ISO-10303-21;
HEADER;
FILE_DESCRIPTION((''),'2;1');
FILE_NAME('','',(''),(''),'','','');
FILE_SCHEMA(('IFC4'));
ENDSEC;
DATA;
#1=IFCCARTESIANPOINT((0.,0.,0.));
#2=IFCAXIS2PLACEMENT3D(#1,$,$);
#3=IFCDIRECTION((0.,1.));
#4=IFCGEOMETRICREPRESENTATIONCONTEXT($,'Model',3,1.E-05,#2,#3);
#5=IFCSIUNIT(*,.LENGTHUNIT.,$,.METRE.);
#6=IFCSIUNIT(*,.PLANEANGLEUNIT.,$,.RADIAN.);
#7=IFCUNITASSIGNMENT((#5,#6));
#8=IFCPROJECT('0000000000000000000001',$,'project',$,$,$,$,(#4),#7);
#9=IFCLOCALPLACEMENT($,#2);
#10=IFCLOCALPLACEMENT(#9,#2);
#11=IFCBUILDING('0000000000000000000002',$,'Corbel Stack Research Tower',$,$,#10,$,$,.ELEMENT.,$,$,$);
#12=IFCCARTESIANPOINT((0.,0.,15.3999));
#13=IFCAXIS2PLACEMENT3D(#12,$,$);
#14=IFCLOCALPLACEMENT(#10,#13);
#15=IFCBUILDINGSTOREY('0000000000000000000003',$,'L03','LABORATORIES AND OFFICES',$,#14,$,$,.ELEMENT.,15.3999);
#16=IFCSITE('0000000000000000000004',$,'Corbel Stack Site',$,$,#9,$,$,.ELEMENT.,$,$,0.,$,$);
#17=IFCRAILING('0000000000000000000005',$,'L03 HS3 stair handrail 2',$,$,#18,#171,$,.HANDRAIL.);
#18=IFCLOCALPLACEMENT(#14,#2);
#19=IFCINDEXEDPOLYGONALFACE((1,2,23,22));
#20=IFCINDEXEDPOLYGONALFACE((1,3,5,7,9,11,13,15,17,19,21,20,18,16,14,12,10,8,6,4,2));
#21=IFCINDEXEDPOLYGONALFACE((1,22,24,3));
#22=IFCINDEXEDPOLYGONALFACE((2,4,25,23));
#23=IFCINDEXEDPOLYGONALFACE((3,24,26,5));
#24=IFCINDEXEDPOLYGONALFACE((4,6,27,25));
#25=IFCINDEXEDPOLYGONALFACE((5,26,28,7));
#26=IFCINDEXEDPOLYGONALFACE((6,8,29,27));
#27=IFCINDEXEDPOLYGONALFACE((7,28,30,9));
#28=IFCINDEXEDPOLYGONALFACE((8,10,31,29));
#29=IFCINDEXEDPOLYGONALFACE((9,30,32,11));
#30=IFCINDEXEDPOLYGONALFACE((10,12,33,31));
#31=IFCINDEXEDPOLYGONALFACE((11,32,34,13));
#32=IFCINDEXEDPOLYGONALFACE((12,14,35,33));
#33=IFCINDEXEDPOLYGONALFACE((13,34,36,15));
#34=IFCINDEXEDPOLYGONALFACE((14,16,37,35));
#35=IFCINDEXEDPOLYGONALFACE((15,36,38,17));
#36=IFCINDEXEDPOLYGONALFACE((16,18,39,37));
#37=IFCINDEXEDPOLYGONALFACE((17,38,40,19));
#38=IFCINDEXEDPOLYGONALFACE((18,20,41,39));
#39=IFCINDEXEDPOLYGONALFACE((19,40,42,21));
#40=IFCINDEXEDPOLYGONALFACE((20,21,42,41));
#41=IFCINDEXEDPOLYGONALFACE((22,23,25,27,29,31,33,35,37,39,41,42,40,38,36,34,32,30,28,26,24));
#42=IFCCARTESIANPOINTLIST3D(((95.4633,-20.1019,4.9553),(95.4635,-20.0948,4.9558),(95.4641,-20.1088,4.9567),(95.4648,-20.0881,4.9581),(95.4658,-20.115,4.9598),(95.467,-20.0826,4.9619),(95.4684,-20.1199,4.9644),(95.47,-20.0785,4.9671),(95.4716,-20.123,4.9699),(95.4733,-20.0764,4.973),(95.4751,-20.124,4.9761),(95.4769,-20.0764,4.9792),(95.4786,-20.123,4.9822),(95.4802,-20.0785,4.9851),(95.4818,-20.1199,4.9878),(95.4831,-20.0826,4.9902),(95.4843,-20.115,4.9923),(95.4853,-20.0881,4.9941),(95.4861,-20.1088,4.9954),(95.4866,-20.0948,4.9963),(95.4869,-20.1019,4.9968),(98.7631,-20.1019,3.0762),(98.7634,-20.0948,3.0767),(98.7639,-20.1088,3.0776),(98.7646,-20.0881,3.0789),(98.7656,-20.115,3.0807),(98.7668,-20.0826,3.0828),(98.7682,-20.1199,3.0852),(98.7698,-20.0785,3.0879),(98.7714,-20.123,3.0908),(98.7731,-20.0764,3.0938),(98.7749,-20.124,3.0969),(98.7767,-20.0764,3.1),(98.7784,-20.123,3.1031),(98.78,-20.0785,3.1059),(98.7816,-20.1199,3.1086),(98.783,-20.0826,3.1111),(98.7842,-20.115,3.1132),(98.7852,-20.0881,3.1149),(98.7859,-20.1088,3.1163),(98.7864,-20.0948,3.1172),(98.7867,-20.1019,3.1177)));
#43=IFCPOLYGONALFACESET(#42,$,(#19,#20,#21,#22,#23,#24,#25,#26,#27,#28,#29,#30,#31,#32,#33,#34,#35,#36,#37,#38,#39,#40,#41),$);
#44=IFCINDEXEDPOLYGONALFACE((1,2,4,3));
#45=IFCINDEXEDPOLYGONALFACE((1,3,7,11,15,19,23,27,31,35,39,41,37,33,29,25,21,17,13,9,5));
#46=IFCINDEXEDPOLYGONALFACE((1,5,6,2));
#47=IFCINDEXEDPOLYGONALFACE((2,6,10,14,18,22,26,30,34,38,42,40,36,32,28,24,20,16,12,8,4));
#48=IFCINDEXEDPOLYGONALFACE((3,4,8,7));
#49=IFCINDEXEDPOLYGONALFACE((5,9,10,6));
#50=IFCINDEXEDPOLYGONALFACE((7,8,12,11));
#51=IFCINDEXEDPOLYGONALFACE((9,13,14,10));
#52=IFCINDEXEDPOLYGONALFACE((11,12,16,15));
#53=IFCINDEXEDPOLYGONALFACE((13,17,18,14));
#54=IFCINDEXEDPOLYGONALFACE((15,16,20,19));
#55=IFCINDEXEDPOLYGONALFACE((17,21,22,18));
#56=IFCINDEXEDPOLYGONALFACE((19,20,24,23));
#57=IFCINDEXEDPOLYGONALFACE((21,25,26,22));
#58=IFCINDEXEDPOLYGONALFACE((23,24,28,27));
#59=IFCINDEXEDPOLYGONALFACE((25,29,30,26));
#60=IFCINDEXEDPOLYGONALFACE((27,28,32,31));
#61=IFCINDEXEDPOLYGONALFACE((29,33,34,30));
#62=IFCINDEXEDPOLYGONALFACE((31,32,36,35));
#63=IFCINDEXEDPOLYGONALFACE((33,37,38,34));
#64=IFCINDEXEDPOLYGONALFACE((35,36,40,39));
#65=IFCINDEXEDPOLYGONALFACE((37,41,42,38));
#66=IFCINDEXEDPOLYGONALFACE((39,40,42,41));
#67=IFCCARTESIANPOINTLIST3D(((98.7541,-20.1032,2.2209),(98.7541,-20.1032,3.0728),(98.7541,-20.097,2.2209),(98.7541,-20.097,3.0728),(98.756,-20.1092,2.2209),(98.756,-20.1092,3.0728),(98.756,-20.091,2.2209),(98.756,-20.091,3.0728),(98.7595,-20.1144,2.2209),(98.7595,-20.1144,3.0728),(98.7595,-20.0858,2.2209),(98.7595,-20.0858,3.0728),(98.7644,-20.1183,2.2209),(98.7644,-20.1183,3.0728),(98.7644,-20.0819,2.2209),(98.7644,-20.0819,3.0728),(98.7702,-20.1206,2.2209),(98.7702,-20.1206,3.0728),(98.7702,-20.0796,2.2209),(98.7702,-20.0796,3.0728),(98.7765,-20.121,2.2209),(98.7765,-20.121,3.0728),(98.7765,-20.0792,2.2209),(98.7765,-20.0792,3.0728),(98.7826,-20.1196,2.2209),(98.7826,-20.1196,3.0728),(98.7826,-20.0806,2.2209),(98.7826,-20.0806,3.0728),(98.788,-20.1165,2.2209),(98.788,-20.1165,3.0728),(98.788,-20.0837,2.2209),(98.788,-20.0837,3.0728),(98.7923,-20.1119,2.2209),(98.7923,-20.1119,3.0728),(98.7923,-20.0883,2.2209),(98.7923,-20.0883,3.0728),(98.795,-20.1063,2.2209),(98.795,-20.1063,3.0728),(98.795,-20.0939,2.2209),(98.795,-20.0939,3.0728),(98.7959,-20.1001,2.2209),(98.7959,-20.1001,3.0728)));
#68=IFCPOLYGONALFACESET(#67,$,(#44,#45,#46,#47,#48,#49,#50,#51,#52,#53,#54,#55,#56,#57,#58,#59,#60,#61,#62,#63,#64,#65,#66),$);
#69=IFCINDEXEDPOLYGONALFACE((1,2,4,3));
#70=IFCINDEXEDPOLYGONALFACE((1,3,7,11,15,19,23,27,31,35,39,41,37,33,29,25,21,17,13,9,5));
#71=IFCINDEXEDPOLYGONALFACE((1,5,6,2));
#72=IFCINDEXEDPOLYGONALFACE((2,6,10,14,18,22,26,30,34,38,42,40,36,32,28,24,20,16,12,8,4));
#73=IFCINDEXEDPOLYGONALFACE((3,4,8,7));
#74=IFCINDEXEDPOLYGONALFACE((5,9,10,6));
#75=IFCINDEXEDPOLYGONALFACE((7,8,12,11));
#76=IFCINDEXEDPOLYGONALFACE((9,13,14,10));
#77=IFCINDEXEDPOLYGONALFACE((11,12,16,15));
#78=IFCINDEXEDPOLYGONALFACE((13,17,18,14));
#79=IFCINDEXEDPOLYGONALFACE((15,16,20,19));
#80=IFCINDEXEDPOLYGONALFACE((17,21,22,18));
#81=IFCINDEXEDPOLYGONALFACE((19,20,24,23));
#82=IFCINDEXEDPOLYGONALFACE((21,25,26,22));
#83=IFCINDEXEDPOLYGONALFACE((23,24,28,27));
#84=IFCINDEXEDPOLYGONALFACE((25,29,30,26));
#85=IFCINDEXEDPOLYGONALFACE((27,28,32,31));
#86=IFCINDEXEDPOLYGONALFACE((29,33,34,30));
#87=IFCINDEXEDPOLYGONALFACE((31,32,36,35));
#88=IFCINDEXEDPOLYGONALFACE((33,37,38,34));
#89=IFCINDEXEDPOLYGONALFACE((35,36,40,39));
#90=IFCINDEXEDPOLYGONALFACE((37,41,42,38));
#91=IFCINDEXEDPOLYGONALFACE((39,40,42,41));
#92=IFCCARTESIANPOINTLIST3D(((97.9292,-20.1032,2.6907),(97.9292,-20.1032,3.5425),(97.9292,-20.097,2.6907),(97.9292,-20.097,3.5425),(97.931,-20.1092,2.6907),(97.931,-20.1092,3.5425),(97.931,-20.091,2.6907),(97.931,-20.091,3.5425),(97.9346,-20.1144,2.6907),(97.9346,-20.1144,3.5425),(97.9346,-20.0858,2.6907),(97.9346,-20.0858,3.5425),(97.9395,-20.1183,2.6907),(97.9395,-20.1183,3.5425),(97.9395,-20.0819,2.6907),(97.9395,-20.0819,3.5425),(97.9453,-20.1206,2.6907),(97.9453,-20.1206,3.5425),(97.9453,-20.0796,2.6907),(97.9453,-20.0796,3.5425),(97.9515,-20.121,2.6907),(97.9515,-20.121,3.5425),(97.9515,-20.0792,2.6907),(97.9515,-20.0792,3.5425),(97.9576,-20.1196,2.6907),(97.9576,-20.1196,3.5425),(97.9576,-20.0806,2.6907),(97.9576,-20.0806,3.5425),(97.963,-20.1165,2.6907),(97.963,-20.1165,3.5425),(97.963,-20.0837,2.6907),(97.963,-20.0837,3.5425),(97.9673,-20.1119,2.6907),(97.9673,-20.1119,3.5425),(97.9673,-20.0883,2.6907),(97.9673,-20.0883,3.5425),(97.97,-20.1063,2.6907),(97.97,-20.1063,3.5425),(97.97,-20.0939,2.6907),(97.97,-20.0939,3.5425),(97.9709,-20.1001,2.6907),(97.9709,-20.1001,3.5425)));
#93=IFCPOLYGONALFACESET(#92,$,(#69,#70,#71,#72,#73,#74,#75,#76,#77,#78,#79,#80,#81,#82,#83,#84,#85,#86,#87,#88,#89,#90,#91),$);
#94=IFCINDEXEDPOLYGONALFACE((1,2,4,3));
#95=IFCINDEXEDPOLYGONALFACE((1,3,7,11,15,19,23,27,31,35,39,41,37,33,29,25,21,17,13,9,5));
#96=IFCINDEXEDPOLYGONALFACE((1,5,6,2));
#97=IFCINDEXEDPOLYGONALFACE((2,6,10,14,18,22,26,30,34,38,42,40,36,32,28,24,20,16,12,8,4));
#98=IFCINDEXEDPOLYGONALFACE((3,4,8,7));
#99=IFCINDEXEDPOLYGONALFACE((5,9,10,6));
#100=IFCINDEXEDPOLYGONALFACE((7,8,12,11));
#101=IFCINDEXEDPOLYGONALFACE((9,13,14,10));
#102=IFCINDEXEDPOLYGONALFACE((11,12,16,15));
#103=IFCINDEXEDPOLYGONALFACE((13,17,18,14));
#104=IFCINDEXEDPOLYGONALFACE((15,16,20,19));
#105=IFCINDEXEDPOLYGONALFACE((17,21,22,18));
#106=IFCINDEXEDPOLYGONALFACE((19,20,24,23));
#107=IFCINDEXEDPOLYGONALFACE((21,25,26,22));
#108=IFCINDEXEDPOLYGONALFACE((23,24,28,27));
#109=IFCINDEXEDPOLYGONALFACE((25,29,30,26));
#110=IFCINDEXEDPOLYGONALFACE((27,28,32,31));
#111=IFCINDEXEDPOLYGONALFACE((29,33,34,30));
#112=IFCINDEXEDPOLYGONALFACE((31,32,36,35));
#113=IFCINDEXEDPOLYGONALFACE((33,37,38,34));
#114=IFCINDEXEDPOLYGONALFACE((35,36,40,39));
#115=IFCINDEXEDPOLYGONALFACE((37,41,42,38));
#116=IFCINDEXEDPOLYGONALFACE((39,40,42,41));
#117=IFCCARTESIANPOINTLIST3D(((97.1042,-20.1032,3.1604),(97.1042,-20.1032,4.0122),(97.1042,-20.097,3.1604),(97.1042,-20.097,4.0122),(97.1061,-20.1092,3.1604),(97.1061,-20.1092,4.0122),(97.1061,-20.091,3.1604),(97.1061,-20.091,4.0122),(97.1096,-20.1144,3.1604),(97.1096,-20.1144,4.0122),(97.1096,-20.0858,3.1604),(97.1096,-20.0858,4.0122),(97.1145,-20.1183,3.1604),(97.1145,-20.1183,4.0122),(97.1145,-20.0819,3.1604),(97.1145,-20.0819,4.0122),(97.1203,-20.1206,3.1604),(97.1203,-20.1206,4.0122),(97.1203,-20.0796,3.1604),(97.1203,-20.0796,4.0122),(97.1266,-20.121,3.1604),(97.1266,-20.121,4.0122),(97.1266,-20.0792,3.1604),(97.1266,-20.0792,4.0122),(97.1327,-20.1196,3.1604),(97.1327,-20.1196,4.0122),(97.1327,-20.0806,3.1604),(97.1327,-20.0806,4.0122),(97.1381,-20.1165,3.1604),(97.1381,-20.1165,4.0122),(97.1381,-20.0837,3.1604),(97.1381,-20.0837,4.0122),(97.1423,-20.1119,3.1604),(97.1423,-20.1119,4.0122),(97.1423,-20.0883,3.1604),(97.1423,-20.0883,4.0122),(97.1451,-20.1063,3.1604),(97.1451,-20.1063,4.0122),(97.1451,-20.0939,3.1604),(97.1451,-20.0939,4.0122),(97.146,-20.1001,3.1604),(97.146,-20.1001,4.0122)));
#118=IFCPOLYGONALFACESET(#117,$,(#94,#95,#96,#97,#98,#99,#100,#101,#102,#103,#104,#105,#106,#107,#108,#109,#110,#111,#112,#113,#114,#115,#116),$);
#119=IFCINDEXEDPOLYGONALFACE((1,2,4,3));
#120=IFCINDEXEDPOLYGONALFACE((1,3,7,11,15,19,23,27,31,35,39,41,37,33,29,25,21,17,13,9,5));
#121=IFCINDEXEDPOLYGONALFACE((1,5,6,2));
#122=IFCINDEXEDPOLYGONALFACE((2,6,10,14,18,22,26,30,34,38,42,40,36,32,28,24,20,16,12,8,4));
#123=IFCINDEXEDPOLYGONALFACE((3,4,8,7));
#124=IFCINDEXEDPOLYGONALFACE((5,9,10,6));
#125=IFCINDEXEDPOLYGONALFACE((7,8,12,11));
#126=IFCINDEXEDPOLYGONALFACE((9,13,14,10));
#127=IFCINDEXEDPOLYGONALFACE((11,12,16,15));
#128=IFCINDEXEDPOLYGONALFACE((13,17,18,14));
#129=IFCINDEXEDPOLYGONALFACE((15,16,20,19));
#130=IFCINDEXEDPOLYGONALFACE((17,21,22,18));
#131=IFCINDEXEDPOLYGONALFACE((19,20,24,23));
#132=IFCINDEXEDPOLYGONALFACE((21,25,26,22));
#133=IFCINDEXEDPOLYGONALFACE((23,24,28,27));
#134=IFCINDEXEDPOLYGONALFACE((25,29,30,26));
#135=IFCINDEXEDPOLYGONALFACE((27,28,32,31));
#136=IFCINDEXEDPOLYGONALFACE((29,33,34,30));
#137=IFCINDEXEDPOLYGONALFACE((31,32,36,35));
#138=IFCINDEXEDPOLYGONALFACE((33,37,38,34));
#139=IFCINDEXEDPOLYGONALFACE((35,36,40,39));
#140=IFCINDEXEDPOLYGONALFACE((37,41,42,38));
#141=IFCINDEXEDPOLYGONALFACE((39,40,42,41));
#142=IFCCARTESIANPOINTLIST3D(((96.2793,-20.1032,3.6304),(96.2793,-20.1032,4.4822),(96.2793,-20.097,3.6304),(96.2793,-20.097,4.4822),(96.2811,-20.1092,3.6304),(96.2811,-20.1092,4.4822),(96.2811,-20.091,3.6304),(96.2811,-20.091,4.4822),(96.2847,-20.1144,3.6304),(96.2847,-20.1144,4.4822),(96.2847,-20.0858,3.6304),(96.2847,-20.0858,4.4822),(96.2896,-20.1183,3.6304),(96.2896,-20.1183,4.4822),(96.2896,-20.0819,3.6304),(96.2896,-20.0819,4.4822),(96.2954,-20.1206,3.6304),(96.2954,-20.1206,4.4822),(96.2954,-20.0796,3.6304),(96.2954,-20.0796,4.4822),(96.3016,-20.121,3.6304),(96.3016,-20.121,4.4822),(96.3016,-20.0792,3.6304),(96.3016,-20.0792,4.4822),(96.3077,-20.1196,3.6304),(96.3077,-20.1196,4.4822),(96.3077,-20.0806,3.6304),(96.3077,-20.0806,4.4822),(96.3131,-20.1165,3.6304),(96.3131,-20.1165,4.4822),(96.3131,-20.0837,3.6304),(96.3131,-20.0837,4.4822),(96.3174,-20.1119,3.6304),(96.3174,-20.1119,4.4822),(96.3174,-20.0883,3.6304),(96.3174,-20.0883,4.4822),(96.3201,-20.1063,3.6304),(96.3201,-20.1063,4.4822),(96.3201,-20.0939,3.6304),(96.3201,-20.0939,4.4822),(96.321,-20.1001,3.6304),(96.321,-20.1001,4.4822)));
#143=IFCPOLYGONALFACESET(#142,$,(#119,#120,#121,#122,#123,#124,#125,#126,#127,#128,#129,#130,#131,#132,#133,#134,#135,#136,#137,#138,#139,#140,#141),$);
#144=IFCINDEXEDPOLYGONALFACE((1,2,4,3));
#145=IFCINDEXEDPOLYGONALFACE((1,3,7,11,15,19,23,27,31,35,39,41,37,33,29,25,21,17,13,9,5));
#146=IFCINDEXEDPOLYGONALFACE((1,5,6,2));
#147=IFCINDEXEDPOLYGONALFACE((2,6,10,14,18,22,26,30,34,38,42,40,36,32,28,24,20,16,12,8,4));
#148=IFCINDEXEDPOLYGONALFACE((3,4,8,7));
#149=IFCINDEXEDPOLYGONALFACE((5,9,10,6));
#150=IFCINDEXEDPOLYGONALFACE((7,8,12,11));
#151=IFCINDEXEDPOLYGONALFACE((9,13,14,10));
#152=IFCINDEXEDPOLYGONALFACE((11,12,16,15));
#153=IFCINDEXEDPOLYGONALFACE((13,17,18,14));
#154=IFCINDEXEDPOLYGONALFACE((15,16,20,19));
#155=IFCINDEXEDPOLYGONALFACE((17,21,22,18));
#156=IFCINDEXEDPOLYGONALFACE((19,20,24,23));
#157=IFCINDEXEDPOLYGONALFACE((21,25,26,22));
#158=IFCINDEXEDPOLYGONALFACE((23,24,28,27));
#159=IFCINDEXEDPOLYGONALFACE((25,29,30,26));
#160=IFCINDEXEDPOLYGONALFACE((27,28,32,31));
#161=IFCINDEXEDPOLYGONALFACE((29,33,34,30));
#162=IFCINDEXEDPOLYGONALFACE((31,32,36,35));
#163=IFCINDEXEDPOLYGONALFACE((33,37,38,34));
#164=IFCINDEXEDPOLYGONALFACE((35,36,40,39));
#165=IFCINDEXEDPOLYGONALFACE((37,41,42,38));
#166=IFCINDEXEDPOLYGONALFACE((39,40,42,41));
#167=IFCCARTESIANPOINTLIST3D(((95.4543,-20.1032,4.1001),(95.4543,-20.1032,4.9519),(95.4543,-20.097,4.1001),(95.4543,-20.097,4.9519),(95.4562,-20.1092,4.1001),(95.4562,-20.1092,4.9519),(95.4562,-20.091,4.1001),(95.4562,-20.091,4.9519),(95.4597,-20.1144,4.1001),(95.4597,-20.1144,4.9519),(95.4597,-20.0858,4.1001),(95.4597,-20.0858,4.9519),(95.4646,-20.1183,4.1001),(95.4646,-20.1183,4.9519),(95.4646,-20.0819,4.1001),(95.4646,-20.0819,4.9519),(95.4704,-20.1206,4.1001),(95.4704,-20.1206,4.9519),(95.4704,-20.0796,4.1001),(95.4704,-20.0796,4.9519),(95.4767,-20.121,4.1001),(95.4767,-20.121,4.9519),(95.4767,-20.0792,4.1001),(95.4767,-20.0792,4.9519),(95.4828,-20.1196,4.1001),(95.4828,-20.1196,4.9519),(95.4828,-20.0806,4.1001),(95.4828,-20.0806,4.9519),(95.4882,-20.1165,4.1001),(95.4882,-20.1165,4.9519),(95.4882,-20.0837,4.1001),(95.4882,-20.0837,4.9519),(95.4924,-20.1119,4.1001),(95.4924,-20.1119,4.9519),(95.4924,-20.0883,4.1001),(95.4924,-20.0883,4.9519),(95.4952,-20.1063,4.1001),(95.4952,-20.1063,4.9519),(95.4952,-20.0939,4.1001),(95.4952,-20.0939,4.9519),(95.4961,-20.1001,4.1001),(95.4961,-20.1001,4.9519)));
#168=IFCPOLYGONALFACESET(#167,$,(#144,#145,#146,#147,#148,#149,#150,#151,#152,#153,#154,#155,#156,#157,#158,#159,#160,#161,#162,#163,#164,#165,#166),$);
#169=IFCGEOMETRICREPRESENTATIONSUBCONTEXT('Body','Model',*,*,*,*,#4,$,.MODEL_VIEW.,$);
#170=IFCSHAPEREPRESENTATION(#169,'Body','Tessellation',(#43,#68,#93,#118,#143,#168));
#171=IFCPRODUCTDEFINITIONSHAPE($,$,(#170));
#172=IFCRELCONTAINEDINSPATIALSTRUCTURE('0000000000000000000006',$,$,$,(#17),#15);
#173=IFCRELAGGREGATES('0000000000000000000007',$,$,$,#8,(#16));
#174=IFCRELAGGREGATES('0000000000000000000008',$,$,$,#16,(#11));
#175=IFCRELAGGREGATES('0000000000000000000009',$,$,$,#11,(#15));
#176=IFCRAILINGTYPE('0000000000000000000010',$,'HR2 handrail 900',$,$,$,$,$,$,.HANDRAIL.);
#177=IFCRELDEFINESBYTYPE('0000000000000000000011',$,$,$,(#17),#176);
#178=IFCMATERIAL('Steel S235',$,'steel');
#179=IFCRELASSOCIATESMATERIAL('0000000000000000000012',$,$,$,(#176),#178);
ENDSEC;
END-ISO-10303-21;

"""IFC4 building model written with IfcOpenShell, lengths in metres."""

from ifc_helpers import new_model, si_unit, direction, frame, origin, origin_2d, place, context, subcontext, project, spatial, circle, extrude, material, type_object, element, save


model = new_model("IFC4")

# Units and contexts
model_context = context("Model", 3, precision=1e-05, world=origin(), true_north=direction((0.0, 1.0)))
body_context = subcontext(model_context, "Body", "Model", "MODEL_VIEW")
ifc_project = project(units=[si_unit("LENGTHUNIT", "METRE"), si_unit("PLANEANGLEUNIT", "RADIAN")], contexts=[model_context])

# Site, building, storey
site_placement = place(None, origin())
site = spatial("IfcSite", under=ifc_project, at=site_placement, Name="Corbel Stack Site", CompositionType="ELEMENT", RefElevation=0.0)
building_placement = place(site_placement, origin())
building = spatial("IfcBuilding", under=site, at=building_placement, Name="Corbel Stack Research Tower", CompositionType="ELEMENT")
storey_placement = place(building_placement, frame((0.0, 0.0, 15.3999)))
storey = spatial("IfcBuildingStorey", under=building, at=storey_placement, Name="L03", Description="LABORATORIES AND OFFICES", CompositionType="ELEMENT", Elevation=15.3999)

# Railing
ifc_material_1 = material(Name="Steel S235", Category="steel")
railing_type_1 = type_object("IfcRailingType", Name="HR2 handrail 900", PredefinedType="HANDRAIL", material=ifc_material_1)
railing_1_placement = place(storey_placement, frame((98.7749, -20.1001, 2.2209)))
element("IfcRailing", 1, at=railing_1_placement, inside=storey, type_object=railing_type_1, Name="L03 HS3 stair handrail 2", PredefinedType="HANDRAIL", context=body_context, shape_type="SweptSolid", body=[
    extrude(circle(Radius=0.0239, at=origin_2d()), frame((0.0, 0.0, 0.876), z_axis=(-0.868974, 0.0, 0.494857), x_axis=(0.0, -1.0, 0.0)), (0.0, 0.0, 1.0), 3.7974),
    extrude(circle(Radius=0.021, at=origin_2d()), origin(), (0.0, 0.0, 1.0), 0.8518),
    extrude(circle(Radius=0.021, at=origin_2d()), frame((-0.825, 0.0, 0.4697)), (0.0, 0.0, 1.0), 0.8518),
    extrude(circle(Radius=0.021, at=origin_2d()), frame((-1.6499, 0.0, 0.9395)), (0.0, 0.0, 1.0), 0.8518),
    extrude(circle(Radius=0.021, at=origin_2d()), frame((-2.4749, 0.0, 1.4094)), (0.0, 0.0, 1.0), 0.8518),
    extrude(circle(Radius=0.021, at=origin_2d()), frame((-3.2998, 0.0, 1.8792)), (0.0, 0.0, 1.0), 0.8518),
])

save(model, "model.ifc")
